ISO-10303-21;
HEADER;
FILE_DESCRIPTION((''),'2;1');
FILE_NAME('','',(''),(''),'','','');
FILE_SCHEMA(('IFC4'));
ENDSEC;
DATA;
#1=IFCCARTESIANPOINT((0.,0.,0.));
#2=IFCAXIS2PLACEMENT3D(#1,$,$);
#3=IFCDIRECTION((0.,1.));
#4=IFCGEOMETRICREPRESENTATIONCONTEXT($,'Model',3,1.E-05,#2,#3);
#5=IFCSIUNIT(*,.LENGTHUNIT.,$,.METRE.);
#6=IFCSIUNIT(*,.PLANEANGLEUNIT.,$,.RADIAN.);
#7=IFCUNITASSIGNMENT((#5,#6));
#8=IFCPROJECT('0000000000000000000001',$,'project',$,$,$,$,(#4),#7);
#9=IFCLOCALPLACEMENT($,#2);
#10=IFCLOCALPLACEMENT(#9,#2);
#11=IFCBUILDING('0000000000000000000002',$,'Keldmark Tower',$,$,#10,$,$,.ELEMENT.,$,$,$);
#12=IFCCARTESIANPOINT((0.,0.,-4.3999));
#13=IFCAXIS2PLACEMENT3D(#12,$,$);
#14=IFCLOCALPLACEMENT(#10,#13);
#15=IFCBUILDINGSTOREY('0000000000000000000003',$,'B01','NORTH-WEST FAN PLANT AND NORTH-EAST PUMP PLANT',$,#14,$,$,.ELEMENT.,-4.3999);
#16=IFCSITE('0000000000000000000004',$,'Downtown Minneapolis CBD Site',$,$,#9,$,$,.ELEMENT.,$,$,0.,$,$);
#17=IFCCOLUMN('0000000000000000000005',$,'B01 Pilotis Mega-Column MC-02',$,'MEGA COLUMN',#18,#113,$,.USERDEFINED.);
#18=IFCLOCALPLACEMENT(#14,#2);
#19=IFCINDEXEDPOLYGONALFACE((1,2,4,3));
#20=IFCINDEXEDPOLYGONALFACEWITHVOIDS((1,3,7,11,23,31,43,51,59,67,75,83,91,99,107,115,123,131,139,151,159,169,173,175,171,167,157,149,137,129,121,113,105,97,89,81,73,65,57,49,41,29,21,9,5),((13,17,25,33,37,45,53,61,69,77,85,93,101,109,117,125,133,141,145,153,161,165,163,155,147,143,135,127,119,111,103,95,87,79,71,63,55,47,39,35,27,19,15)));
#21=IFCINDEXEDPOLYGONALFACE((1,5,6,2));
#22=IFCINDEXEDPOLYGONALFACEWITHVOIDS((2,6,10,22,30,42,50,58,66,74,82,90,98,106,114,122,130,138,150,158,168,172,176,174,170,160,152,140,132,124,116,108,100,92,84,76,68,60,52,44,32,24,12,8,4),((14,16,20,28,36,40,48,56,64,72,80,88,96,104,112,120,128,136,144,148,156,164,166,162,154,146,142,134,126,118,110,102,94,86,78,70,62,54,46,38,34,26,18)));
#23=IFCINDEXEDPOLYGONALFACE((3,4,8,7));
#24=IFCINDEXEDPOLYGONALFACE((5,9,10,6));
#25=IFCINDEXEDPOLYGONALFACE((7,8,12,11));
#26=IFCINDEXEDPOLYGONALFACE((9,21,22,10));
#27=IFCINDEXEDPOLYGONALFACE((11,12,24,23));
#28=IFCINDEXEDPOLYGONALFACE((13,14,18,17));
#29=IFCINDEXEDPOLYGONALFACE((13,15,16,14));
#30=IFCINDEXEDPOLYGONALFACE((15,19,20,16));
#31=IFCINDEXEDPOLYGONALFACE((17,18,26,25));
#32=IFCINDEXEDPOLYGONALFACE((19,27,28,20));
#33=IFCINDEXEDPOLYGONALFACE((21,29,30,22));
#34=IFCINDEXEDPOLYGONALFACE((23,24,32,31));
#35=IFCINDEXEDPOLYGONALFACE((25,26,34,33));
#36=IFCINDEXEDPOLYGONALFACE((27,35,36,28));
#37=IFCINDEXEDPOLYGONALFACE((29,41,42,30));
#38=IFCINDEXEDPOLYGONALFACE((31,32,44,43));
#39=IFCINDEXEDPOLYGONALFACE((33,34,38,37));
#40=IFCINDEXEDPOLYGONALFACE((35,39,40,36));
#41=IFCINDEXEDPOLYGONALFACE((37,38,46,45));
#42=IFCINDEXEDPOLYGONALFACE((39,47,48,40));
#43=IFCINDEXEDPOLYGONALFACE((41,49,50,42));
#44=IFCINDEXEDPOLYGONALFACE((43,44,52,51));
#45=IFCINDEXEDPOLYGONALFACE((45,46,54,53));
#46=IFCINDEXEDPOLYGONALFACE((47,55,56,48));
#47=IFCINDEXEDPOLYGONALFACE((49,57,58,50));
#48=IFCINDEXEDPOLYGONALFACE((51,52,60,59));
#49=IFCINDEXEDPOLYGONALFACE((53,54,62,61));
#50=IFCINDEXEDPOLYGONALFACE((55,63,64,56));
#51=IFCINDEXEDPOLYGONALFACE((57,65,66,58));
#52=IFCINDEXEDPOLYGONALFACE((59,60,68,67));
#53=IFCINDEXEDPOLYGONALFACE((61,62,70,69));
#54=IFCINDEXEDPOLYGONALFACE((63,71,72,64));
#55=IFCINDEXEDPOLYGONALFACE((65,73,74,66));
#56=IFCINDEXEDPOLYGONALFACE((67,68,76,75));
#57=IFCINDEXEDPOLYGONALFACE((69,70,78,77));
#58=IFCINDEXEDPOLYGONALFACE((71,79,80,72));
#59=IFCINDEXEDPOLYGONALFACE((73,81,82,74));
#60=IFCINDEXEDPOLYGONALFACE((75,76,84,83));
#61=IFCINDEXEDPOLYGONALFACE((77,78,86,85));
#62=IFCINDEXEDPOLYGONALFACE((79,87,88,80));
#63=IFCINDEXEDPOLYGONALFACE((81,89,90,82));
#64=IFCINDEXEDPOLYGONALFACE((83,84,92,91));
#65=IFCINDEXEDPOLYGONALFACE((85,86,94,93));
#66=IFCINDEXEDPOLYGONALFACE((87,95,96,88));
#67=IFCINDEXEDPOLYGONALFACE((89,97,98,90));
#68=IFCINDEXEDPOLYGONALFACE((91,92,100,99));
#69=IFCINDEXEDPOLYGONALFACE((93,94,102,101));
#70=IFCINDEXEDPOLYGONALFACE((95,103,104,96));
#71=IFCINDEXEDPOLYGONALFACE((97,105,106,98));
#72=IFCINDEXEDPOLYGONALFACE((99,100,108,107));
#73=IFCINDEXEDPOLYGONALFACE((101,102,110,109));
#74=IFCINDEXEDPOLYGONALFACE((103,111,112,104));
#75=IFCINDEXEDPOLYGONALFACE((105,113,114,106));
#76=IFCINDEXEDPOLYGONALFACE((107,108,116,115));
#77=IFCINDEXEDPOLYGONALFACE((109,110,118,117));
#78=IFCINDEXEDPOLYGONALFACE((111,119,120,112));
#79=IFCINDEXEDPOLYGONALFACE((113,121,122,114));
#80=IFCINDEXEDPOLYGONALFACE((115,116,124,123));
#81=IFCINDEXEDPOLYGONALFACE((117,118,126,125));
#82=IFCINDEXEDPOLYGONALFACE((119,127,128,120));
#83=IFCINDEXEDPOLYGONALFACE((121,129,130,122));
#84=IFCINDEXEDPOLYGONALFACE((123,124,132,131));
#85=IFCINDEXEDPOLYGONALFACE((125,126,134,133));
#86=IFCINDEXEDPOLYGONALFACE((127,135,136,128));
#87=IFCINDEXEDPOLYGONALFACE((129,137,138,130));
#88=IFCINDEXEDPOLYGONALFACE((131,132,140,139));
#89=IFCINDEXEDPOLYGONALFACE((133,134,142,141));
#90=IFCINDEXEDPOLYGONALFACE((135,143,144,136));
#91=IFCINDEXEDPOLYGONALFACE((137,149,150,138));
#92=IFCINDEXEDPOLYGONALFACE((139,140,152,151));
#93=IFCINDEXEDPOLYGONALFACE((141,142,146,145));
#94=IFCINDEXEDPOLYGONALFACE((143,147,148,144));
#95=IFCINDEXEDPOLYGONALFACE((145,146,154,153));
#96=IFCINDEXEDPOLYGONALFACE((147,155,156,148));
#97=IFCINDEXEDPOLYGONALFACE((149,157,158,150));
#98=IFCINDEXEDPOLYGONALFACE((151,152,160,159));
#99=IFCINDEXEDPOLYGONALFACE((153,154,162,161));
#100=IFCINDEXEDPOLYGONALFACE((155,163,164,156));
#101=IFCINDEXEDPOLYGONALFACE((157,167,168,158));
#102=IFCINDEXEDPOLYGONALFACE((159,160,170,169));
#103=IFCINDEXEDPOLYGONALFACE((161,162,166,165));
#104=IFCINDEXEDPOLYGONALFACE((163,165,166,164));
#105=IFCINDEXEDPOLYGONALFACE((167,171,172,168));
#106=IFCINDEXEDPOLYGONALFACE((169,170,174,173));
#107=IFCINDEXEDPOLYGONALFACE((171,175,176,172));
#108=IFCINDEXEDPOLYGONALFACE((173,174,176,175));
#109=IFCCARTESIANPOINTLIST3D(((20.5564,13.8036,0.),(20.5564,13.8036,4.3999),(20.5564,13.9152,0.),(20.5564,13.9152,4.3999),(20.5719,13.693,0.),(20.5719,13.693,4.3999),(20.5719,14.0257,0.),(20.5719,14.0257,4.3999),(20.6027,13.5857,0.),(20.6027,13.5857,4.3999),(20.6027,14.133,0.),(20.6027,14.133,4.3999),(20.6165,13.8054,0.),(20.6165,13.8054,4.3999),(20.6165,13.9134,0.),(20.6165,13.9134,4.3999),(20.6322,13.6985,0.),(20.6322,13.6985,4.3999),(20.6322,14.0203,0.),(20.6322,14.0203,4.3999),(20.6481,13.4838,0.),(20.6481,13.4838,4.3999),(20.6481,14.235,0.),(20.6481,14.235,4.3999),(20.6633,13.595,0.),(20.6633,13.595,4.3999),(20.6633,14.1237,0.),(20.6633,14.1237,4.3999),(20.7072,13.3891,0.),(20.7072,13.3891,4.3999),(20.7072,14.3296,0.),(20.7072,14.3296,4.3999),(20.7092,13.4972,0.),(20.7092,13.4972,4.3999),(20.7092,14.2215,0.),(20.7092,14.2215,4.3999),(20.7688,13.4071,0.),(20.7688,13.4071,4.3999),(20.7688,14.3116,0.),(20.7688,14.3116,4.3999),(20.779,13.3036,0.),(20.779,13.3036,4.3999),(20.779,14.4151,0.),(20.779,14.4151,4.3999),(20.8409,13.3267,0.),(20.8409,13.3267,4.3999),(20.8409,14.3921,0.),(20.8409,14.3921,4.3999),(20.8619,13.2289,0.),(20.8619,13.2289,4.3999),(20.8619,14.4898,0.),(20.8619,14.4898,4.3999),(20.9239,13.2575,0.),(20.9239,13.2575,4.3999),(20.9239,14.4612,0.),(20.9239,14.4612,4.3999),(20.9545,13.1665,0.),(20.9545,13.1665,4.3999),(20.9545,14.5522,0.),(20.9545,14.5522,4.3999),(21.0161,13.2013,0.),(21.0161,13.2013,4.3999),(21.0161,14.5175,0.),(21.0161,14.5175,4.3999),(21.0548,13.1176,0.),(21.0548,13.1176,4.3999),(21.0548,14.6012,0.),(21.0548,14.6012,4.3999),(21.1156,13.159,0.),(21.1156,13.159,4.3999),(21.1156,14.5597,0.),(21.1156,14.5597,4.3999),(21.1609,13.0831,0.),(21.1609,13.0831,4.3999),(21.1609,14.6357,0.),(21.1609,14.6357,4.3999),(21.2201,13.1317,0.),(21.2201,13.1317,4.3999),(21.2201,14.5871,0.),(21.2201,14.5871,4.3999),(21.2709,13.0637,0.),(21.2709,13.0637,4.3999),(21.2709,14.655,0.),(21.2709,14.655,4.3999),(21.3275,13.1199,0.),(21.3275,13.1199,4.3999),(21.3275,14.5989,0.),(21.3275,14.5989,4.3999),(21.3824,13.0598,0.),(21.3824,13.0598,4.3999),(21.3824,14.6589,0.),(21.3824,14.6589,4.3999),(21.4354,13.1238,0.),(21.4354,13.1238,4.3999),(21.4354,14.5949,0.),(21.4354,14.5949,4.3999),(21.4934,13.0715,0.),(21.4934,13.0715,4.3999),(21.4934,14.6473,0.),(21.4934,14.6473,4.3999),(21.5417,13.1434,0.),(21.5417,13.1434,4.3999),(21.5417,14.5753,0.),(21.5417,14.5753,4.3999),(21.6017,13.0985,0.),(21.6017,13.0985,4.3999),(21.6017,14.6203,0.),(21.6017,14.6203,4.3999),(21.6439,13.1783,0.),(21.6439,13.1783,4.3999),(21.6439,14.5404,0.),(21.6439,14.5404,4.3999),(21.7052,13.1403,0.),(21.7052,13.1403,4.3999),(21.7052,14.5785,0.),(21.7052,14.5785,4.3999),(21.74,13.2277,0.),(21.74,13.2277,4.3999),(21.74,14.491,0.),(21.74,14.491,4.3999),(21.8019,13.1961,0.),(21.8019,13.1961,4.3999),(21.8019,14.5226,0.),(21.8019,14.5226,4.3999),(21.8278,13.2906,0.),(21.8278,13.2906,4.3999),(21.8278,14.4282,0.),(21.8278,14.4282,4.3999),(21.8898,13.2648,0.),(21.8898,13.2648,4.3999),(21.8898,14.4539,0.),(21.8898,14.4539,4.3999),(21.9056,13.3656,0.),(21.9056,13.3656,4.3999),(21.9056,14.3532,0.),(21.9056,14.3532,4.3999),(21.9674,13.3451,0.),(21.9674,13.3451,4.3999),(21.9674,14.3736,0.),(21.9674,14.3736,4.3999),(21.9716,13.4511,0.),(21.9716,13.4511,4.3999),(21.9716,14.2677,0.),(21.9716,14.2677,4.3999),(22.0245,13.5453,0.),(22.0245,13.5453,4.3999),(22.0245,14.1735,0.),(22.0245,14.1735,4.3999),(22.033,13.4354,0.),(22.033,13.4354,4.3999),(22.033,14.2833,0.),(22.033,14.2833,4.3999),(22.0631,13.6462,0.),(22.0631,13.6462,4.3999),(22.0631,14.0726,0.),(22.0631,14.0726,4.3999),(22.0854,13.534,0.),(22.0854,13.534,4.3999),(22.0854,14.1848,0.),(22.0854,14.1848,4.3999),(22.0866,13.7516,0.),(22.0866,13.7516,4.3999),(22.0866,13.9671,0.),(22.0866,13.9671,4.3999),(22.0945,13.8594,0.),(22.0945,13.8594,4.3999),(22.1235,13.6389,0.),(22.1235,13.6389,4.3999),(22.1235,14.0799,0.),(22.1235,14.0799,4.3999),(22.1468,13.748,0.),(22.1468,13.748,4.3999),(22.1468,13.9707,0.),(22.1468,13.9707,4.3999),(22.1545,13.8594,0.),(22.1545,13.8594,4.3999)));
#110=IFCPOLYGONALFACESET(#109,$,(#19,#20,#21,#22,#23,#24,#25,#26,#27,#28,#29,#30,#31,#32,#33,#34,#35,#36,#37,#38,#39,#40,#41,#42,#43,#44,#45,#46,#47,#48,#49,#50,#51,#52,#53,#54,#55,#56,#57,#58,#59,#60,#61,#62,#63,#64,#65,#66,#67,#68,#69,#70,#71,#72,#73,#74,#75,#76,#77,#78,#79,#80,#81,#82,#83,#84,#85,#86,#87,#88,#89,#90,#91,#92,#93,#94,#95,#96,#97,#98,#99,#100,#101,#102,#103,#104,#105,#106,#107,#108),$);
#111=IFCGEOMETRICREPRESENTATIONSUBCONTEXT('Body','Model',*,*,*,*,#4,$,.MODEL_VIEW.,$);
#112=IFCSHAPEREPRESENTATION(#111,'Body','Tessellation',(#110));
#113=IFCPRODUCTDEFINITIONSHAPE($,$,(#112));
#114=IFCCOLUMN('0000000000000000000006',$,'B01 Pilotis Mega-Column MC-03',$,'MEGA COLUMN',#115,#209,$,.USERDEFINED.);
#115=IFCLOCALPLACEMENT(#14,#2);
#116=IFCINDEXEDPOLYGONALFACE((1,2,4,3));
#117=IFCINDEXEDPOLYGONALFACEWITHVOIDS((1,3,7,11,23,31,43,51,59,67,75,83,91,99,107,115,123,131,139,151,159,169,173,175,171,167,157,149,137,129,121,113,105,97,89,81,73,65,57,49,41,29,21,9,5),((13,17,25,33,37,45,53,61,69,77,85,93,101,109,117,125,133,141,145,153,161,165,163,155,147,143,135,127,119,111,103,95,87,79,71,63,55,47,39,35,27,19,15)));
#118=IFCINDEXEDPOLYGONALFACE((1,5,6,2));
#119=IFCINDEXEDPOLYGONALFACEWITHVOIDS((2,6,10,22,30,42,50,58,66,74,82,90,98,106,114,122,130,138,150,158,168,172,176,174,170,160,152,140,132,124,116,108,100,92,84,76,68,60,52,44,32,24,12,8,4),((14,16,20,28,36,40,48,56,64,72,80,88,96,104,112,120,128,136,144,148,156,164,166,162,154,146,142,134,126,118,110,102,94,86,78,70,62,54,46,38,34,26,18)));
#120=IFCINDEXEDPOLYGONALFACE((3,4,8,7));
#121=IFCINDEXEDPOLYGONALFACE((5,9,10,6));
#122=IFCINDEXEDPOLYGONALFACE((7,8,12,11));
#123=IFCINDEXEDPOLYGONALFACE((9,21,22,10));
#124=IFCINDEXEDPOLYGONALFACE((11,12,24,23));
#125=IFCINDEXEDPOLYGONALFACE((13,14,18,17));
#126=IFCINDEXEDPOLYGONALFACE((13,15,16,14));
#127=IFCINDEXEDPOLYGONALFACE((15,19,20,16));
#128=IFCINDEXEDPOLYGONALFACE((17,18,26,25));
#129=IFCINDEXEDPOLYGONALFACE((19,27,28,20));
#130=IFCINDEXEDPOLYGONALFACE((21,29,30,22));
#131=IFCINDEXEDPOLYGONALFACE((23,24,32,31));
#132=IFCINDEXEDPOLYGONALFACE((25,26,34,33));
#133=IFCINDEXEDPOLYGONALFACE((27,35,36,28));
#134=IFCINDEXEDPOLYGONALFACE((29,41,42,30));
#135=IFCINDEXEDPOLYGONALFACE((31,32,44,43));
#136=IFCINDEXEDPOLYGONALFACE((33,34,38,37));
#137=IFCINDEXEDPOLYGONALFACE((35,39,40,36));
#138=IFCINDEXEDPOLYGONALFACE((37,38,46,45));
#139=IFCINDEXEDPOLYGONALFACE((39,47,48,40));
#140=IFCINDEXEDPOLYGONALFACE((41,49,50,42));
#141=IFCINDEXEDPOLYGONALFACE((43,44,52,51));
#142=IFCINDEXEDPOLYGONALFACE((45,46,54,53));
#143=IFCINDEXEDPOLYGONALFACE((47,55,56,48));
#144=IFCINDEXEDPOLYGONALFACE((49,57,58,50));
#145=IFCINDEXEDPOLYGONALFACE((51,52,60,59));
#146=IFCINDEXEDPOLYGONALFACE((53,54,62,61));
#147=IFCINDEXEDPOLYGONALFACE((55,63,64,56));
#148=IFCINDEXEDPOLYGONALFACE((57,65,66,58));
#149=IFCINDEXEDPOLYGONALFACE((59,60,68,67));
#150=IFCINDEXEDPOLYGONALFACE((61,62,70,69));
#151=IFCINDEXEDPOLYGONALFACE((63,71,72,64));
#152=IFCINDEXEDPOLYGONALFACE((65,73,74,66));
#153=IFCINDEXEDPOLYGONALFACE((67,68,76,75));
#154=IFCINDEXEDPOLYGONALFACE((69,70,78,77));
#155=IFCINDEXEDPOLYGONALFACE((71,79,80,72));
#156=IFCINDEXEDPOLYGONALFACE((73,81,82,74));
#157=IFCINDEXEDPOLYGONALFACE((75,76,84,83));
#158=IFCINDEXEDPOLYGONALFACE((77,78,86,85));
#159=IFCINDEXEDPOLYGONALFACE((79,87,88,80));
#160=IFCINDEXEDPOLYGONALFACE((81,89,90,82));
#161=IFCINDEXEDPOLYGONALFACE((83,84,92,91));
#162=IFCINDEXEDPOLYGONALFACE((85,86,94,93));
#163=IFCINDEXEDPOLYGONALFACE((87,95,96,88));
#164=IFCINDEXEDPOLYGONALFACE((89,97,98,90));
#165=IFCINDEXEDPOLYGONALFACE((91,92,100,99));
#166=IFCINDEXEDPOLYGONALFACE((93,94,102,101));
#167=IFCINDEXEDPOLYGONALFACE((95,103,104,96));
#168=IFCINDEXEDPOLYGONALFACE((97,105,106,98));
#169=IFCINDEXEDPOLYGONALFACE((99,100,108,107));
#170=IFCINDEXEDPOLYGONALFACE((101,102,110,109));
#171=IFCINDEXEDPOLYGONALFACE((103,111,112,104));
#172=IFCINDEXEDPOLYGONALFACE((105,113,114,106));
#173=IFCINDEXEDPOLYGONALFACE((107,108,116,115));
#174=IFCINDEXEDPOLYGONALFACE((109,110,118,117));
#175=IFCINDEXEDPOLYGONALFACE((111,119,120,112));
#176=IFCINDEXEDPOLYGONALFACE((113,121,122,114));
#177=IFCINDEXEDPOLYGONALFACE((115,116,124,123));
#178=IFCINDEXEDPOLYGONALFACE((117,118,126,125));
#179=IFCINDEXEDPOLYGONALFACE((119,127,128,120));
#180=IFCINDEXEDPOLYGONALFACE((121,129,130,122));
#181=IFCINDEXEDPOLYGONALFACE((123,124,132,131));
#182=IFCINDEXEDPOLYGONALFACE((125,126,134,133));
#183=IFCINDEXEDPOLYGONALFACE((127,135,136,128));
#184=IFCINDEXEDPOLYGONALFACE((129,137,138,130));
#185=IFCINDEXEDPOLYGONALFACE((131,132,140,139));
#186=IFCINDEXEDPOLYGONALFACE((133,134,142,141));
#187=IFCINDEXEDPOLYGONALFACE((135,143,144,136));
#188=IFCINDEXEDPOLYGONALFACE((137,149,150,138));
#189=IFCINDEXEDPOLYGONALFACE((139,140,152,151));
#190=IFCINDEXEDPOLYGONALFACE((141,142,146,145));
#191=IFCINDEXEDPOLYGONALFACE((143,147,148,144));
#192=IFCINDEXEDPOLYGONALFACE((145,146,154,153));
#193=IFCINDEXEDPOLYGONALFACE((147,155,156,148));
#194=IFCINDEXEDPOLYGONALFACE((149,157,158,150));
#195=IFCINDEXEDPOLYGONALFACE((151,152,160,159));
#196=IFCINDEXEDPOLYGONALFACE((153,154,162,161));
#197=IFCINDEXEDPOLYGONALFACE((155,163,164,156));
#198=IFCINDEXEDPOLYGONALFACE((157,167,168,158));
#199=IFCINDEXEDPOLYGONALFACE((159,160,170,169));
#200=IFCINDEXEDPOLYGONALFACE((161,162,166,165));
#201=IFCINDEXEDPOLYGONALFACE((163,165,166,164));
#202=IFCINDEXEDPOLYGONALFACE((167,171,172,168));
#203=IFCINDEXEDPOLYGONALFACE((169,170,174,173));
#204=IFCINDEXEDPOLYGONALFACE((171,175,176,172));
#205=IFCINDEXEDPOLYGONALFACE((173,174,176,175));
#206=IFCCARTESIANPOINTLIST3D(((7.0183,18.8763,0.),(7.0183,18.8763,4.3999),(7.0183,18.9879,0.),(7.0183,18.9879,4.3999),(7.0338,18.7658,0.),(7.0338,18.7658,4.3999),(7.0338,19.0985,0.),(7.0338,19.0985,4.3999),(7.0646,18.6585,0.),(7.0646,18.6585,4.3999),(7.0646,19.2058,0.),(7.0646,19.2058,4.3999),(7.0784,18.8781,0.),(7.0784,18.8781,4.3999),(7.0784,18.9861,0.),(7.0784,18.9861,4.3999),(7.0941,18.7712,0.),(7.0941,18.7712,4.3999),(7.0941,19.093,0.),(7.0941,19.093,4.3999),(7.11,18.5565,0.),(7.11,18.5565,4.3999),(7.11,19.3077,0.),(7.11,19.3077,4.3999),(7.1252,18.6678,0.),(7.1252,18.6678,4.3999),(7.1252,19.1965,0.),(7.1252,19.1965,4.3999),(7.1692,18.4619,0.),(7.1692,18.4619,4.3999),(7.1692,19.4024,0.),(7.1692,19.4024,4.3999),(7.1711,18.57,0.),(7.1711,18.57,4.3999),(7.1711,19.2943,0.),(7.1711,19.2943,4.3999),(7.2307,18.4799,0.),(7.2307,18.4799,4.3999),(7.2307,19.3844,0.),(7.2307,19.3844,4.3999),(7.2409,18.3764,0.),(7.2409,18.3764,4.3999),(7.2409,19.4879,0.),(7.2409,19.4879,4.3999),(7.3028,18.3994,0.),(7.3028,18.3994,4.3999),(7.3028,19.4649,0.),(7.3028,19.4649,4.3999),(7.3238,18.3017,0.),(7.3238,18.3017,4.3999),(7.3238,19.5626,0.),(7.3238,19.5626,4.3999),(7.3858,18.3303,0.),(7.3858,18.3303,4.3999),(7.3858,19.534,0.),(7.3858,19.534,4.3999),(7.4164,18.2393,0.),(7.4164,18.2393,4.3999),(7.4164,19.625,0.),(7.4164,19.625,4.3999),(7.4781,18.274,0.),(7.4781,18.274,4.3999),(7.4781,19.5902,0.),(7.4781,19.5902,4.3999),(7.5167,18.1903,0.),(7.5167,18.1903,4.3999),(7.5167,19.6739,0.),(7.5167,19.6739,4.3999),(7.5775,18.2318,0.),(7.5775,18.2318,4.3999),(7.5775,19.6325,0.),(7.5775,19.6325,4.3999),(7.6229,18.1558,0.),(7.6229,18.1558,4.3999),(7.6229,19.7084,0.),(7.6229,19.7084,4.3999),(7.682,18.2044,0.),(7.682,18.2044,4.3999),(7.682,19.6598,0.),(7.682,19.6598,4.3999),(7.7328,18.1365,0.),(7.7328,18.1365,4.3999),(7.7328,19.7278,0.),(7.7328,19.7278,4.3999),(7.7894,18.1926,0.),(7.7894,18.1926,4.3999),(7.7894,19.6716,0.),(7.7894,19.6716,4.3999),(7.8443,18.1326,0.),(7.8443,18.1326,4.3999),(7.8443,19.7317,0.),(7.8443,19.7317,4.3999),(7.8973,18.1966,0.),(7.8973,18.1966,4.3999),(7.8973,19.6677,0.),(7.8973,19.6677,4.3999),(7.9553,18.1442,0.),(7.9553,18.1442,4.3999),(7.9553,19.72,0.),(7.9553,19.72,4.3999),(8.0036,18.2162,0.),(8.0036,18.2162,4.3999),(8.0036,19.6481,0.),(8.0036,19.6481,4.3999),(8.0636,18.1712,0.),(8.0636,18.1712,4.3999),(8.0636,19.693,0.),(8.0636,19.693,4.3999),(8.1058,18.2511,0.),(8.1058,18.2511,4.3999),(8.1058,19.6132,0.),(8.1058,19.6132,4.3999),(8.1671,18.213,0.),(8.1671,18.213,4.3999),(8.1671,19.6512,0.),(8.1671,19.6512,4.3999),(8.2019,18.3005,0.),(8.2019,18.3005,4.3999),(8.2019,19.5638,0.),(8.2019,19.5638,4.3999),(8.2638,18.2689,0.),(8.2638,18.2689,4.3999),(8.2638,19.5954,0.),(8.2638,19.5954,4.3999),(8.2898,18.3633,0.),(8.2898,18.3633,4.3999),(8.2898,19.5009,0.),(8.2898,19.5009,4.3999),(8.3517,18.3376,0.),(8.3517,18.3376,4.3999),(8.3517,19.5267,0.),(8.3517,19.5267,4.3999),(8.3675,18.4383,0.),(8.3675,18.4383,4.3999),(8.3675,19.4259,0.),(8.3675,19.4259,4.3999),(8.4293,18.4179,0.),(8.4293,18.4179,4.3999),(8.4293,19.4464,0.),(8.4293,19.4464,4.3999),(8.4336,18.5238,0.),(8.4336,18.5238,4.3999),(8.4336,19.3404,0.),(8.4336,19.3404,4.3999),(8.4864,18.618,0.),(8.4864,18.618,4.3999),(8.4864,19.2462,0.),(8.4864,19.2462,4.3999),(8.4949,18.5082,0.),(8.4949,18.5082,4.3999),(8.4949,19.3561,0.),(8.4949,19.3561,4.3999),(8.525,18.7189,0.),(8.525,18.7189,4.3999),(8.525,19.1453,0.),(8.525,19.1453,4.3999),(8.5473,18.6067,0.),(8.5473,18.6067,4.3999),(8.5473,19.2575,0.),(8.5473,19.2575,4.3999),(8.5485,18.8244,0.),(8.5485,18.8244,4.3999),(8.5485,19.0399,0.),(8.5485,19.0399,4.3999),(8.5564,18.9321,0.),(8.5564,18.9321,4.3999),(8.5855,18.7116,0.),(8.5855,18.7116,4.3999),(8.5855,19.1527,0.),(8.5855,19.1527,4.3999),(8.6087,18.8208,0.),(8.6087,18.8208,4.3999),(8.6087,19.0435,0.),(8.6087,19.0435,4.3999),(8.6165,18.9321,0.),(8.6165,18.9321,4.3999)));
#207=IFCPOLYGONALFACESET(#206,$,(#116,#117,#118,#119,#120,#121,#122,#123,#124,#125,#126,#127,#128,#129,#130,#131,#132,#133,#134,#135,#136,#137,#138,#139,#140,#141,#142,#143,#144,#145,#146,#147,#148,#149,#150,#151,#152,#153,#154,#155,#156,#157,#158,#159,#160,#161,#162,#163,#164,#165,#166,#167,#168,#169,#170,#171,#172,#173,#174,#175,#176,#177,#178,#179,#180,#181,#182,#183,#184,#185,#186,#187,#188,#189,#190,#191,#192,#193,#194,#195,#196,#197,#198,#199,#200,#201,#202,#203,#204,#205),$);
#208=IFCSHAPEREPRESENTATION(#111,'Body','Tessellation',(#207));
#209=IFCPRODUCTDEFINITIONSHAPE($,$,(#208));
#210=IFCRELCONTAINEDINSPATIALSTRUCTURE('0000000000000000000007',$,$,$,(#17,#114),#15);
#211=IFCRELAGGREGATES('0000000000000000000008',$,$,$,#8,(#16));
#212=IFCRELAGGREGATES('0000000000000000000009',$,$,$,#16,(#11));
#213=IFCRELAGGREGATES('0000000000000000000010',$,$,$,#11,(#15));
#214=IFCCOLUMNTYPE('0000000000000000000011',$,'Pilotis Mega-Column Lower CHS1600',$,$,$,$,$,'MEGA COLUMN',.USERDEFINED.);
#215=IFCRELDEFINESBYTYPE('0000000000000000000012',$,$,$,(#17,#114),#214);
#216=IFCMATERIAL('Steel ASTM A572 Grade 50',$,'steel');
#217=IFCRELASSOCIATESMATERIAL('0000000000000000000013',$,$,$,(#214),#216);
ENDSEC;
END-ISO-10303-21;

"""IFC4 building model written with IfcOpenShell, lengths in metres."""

from ifc_helpers import new_model, si_unit, direction, frame, origin, origin_2d, place, context, subcontext, project, spatial, hollow_circle, extrude, material, material_profile, profile_set, type_object, element, save


model = new_model("IFC4")

# Units and contexts
model_context = context("Model", 3, precision=1e-05, world=origin(), true_north=direction((0.0, 1.0)))
body_context = subcontext(model_context, "Body", "Model", "MODEL_VIEW")
ifc_project = project(units=[si_unit("LENGTHUNIT", "METRE"), si_unit("PLANEANGLEUNIT", "RADIAN")], contexts=[model_context])

# Site, building, storey
site_placement = place(None, origin())
site = spatial("IfcSite", under=ifc_project, at=site_placement, Name="Downtown Minneapolis CBD Site", CompositionType="ELEMENT", RefElevation=0.0)
building_placement = place(site_placement, origin())
building = spatial("IfcBuilding", under=site, at=building_placement, Name="Keldmark Tower", CompositionType="ELEMENT")
storey_placement = place(building_placement, frame((0.0, 0.0, -4.3999)))
storey = spatial("IfcBuildingStorey", under=building, at=storey_placement, Name="B01", Description="NORTH-WEST FAN PLANT AND NORTH-EAST PUMP PLANT", CompositionType="ELEMENT", Elevation=-4.3999)

# Columns
ifc_material_1 = material(Name="Steel ASTM A572 Grade 50", Category="steel")
ifc_material_profile_1 = material_profile(ifc_material_1, hollow_circle(Radius=0.8, WallThickness=0.0601, at=origin_2d()), Name="CHS1600X60")
ifc_profile_set_1 = profile_set([ifc_material_profile_1], Name="Steel ASTM A572 Grade 50")
column_type_1 = type_object("IfcColumnType", Name="Pilotis Mega-Column Lower CHS1600", ElementType="MEGA COLUMN", PredefinedType="USERDEFINED", material=ifc_profile_set_1)
for number, where, z_axis, x_axis, name in (
    (1, (21.3545, 13.8594, 0.0), (0.0, 0.0, 1.0), (1.0, 0.0, 0.0), "B01 Pilotis Mega-Column MC-02"),
    (2, (7.8164, 18.9321, 0.0), (0.0, 0.0, 1.0), (1.0, 0.0, 0.0), "B01 Pilotis Mega-Column MC-03"),
):
    element("IfcColumn", number, at=place(storey_placement, frame(where, z_axis=z_axis, x_axis=x_axis)), inside=storey, type_object=column_type_1, Name=name, ObjectType="MEGA COLUMN", PredefinedType="USERDEFINED", context=body_context, shape_type="SweptSolid", body=[
        extrude(hollow_circle(Radius=0.8, WallThickness=0.0601, at=origin_2d()), origin(), (0.0, 0.0, 1.0), 4.3999),
    ])

save(model, "model.ifc")
